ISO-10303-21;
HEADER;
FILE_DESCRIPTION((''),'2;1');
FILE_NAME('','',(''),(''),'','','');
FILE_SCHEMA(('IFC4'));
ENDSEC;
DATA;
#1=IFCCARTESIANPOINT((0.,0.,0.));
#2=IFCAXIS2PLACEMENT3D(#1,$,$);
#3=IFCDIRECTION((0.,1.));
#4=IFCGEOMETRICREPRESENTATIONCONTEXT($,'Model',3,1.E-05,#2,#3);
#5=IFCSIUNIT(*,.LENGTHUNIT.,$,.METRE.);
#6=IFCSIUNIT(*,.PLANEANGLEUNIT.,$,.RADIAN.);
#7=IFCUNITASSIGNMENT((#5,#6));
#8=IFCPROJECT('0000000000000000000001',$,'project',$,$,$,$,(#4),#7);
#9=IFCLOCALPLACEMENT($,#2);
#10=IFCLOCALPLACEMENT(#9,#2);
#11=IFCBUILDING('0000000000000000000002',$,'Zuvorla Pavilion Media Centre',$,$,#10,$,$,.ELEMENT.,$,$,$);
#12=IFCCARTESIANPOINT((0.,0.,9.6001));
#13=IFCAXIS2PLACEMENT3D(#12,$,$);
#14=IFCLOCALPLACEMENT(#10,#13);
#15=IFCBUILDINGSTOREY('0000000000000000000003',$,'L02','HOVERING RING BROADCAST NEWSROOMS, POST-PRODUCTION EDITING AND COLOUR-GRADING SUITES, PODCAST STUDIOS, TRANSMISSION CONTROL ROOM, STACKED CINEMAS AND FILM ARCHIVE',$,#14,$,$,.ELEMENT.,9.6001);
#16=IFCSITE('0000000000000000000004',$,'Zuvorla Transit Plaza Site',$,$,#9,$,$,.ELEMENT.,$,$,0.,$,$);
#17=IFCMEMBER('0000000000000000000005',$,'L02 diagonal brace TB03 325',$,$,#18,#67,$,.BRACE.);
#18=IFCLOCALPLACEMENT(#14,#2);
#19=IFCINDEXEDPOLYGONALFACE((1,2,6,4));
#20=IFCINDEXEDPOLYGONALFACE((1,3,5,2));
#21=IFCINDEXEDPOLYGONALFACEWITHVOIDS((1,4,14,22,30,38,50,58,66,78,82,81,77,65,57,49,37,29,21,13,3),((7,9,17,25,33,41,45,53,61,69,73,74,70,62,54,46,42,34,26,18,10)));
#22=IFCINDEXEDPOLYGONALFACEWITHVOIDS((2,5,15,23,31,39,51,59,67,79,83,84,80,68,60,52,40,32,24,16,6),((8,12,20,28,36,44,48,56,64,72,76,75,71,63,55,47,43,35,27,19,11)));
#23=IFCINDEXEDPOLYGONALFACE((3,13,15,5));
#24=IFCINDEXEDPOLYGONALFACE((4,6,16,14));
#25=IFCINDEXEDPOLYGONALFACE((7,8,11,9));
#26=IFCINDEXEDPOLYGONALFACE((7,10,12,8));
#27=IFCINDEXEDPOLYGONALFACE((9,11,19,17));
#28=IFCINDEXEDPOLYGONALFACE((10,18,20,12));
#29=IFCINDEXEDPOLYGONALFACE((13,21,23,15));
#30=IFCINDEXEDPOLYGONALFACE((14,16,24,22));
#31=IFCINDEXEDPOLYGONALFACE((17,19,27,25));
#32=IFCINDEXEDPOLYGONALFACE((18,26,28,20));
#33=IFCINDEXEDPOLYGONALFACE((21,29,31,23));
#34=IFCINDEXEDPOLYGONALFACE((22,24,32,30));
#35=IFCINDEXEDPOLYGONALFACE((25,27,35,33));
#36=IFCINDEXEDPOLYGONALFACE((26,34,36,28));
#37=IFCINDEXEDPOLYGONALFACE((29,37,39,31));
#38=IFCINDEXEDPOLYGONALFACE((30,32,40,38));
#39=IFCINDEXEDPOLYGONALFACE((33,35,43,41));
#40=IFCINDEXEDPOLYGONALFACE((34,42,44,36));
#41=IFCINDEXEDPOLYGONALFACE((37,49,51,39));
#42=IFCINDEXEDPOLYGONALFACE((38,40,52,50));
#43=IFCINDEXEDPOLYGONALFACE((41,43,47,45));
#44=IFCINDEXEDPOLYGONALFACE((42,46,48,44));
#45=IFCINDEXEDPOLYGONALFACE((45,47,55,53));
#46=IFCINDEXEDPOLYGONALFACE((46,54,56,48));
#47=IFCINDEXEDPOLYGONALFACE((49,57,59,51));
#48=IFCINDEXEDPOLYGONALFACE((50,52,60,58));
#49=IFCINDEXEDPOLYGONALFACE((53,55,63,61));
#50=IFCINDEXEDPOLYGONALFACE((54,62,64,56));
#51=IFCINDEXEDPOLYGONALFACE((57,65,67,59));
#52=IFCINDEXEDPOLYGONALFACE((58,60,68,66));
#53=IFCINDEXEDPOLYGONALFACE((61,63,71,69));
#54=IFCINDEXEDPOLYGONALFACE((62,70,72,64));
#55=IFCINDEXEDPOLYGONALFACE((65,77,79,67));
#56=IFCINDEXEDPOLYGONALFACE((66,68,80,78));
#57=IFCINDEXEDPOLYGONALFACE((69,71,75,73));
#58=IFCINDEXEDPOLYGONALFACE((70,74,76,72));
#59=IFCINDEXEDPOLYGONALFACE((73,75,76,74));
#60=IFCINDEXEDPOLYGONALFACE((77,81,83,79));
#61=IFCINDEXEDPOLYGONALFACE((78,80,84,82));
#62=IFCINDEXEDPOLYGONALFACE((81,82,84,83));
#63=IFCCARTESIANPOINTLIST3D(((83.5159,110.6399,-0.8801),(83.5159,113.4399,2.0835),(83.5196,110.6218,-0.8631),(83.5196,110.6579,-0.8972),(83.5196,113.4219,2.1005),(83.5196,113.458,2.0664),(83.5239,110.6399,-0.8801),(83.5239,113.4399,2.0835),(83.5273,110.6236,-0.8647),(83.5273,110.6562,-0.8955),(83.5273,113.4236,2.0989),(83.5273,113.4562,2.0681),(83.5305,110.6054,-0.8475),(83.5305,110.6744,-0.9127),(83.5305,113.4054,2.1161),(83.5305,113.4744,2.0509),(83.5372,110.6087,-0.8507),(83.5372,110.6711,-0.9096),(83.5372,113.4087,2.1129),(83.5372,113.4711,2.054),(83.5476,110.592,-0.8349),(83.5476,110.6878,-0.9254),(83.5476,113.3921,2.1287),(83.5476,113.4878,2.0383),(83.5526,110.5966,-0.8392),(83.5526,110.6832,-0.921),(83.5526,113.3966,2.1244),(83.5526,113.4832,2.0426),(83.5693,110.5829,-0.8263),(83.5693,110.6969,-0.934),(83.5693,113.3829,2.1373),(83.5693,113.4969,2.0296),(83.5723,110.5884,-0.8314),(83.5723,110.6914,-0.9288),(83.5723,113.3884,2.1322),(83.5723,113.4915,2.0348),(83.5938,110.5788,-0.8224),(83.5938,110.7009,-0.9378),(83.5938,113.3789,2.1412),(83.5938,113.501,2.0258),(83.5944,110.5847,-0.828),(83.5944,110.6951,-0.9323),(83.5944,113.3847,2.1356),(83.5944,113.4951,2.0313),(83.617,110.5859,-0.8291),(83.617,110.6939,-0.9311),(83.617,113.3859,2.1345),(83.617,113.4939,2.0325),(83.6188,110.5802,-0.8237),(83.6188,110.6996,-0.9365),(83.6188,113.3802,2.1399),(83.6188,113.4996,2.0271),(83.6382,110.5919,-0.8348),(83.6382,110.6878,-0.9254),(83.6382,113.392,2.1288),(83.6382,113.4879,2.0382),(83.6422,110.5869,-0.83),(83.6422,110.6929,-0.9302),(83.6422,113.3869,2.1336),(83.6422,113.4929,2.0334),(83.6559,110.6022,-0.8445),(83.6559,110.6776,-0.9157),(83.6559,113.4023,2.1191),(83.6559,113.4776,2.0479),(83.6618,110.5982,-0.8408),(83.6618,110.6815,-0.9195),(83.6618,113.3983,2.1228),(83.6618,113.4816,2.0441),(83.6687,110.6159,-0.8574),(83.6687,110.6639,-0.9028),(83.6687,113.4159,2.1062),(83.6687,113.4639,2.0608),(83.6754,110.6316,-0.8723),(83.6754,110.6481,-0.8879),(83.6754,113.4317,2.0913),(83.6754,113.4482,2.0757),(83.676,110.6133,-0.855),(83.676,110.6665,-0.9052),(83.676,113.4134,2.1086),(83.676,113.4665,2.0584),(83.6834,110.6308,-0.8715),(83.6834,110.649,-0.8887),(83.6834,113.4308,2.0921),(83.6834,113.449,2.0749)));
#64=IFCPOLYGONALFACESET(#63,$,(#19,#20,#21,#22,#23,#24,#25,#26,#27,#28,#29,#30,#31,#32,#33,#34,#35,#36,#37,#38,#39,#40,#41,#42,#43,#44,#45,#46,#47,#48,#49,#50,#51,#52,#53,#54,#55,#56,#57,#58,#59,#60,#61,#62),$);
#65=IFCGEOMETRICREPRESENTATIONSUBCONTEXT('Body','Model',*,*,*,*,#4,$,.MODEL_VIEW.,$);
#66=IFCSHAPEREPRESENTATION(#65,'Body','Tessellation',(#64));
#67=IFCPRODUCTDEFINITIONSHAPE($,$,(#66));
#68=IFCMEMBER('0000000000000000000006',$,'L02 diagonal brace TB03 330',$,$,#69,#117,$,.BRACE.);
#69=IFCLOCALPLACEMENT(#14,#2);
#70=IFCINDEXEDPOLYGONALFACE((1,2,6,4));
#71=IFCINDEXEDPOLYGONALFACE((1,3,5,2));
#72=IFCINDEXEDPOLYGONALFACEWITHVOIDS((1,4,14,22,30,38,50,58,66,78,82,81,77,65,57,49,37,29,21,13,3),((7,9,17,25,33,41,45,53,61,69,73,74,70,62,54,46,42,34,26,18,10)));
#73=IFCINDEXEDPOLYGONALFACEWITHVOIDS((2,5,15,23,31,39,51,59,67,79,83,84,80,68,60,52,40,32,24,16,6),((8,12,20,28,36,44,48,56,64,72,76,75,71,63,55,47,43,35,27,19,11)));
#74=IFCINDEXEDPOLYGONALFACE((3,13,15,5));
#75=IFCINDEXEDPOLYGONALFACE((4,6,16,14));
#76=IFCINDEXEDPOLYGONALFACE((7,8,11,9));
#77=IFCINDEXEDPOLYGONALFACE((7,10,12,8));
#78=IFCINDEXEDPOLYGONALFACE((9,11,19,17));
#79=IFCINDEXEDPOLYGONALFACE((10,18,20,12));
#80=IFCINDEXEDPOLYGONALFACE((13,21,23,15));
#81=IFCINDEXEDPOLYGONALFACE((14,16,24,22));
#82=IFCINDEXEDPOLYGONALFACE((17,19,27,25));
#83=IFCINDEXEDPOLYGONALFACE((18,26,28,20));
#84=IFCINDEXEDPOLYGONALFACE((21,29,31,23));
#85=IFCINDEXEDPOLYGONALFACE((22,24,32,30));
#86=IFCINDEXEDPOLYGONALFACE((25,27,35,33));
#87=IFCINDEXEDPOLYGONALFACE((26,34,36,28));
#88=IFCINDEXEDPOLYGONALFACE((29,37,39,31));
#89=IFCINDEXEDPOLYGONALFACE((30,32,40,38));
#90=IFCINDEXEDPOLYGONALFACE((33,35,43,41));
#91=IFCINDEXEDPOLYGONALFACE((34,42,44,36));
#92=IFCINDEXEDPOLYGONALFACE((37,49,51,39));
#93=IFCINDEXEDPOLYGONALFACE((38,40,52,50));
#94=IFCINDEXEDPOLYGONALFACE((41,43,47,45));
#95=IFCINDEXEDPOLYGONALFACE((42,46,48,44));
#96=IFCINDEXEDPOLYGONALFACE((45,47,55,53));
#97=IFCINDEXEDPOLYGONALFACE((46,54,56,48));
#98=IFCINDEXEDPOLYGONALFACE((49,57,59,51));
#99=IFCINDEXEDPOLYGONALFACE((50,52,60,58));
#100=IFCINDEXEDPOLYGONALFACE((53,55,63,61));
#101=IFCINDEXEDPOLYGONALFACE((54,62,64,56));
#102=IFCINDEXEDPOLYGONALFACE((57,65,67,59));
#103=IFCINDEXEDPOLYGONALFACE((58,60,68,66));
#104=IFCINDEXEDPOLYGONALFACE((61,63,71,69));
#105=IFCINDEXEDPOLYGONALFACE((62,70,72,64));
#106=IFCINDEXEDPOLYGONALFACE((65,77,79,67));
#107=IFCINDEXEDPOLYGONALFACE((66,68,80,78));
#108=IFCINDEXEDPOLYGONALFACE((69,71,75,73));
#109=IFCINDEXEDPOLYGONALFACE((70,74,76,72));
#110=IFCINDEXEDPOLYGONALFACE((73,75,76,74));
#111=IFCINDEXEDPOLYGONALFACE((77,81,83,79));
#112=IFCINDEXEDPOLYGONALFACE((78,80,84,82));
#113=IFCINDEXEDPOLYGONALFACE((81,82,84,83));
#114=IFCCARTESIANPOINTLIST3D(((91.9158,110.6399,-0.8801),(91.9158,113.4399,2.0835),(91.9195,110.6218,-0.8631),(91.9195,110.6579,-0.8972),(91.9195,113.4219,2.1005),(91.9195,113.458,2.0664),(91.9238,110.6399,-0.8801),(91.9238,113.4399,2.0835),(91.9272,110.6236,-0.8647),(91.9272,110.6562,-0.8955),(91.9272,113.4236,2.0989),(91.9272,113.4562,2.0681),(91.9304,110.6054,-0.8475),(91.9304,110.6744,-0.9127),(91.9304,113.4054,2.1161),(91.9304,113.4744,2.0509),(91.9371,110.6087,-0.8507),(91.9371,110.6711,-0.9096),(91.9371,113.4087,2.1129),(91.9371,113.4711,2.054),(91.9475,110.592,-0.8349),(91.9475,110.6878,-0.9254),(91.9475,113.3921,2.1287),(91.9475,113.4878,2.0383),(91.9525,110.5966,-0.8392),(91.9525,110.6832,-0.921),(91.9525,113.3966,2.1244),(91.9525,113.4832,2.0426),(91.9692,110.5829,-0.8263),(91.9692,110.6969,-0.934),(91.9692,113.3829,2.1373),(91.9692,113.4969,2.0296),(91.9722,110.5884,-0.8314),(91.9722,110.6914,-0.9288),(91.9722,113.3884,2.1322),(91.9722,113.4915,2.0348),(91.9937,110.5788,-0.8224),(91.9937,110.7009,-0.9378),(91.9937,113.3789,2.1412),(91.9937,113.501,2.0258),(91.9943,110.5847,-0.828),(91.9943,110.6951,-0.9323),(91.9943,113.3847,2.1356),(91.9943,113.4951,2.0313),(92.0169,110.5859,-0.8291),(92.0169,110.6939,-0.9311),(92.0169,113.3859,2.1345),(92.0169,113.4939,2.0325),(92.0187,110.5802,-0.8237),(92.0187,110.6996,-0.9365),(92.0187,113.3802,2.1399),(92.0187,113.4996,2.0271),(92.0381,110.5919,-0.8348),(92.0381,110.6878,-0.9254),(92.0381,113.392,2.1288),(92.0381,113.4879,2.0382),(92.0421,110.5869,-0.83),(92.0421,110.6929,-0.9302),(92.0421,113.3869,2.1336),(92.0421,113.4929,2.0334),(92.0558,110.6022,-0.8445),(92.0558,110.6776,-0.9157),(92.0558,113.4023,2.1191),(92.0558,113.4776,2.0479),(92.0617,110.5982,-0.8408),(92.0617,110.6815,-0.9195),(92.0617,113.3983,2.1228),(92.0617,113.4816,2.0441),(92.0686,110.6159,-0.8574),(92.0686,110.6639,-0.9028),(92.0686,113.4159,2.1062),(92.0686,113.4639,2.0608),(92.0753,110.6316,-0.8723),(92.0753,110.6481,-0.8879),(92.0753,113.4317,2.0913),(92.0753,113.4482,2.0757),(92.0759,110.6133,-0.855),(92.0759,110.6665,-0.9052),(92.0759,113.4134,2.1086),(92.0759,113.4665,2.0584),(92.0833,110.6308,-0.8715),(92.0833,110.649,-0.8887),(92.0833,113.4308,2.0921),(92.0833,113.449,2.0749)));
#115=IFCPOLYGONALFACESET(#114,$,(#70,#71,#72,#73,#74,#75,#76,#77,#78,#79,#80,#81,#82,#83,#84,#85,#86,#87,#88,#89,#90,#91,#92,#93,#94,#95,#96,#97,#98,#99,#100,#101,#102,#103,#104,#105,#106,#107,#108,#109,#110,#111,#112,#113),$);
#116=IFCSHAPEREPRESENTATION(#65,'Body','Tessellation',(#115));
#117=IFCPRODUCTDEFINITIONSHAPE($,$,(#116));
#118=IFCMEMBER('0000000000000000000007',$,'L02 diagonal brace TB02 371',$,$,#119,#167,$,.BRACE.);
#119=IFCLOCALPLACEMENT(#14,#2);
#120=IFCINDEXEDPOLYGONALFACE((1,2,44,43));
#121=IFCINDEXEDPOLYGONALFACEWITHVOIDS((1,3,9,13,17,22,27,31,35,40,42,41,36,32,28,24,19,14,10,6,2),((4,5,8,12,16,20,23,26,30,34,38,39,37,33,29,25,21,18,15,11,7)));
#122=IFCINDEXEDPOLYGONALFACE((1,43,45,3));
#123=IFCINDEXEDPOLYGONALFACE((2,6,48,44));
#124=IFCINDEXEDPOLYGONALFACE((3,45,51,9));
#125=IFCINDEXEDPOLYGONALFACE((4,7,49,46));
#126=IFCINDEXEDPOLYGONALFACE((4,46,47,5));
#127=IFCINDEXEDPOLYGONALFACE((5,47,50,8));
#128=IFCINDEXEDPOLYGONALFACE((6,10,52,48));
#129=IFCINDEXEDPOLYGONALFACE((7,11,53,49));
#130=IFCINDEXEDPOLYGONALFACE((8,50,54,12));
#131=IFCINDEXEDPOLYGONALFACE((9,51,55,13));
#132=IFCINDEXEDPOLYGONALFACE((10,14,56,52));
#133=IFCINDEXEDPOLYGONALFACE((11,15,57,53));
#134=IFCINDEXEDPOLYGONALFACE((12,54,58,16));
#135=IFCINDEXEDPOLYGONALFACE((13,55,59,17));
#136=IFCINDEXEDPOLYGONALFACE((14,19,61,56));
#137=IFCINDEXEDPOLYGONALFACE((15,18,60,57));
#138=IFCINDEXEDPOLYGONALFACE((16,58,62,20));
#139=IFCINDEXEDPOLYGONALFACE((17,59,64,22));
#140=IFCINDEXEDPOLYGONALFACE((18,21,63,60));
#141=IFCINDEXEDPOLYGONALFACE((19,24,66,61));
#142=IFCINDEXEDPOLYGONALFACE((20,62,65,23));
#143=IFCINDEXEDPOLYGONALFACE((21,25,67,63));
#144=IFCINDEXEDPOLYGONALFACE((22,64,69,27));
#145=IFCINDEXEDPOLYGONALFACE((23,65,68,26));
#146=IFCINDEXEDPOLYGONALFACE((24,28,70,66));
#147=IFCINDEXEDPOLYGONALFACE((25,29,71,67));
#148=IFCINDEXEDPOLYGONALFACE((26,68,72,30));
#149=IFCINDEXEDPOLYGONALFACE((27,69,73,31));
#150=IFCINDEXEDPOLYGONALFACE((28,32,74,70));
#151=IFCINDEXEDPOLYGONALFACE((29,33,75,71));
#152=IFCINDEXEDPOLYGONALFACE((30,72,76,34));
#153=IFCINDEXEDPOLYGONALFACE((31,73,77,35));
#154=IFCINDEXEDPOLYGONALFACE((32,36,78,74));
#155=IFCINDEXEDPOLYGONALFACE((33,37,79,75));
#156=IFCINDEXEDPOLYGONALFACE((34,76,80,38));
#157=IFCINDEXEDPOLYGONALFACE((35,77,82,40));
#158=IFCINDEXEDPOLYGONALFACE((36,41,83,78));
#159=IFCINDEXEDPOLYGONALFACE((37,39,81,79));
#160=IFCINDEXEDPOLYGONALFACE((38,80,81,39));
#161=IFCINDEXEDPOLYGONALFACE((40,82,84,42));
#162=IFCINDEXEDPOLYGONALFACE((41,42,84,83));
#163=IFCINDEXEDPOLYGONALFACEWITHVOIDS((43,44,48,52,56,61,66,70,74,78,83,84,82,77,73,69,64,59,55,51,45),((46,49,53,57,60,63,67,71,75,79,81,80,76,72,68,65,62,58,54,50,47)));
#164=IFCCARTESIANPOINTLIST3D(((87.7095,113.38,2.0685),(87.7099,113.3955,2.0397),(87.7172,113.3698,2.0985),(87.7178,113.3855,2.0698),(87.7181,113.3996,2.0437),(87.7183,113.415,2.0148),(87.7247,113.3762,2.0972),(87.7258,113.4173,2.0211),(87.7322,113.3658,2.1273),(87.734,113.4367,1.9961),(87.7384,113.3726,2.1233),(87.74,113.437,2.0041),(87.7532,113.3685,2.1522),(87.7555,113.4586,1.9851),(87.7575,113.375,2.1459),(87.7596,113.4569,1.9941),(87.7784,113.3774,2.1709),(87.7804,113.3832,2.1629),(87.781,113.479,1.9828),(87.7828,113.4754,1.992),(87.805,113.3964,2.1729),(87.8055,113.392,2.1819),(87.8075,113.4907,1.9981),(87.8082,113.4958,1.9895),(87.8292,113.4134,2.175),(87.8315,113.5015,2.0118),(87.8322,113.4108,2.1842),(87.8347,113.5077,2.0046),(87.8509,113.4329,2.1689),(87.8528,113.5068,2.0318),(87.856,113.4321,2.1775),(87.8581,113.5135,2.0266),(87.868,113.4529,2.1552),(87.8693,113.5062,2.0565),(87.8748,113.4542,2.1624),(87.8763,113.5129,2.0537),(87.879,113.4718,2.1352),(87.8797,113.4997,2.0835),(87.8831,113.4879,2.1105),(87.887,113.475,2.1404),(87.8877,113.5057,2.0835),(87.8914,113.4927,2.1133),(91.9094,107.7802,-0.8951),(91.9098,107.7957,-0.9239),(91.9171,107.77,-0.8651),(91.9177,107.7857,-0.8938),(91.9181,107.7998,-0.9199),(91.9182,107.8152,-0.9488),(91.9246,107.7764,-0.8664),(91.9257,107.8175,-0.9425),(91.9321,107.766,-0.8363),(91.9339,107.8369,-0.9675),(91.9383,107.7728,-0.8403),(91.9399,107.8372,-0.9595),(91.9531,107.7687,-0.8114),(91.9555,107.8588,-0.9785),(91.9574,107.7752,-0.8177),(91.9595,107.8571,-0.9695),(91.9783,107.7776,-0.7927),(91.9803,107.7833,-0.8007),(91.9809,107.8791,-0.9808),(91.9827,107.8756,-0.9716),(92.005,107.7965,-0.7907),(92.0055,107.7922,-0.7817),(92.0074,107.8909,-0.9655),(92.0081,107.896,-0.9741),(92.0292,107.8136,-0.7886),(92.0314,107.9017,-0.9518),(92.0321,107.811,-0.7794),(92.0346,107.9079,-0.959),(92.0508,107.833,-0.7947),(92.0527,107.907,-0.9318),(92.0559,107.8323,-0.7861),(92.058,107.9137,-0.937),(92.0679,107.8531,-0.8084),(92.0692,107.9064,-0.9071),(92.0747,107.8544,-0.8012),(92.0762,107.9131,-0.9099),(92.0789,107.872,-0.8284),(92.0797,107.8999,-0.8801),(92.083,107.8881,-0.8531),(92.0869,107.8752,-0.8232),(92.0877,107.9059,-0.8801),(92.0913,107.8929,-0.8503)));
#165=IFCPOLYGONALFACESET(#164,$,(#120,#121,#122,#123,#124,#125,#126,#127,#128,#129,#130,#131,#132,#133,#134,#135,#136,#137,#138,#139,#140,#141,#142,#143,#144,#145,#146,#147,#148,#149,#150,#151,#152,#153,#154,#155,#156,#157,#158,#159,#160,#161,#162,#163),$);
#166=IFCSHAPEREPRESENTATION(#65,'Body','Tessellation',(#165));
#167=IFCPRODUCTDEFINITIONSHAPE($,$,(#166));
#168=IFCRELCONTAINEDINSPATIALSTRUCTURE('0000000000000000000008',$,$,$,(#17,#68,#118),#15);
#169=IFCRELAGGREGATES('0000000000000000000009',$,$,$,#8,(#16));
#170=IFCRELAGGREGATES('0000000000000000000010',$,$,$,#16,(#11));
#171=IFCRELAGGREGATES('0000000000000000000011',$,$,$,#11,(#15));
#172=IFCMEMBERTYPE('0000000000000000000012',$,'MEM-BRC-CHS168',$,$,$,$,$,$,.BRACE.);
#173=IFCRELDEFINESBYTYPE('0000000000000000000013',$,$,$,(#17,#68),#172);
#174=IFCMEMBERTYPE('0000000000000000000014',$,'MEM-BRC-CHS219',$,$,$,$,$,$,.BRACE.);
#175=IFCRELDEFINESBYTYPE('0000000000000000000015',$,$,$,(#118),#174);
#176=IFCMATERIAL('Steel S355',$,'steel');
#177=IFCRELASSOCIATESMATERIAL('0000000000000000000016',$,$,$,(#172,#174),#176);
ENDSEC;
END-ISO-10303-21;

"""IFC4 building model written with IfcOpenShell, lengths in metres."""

from ifc_helpers import new_model, si_unit, direction, frame, origin, origin_2d, place, context, subcontext, project, spatial, hollow_circle, extrude, material, material_profile, profile_set, type_object, element, save


model = new_model("IFC4")

# Units and contexts
model_context = context("Model", 3, precision=1e-05, world=origin(), true_north=direction((0.0, 1.0)))
body_context = subcontext(model_context, "Body", "Model", "MODEL_VIEW")
ifc_project = project(units=[si_unit("LENGTHUNIT", "METRE"), si_unit("PLANEANGLEUNIT", "RADIAN")], contexts=[model_context])

# Site, building, storey
site_placement = place(None, origin())
site = spatial("IfcSite", under=ifc_project, at=site_placement, Name="Zuvorla Transit Plaza Site", CompositionType="ELEMENT", RefElevation=0.0)
building_placement = place(site_placement, origin())
building = spatial("IfcBuilding", under=site, at=building_placement, Name="Zuvorla Pavilion Media Centre", CompositionType="ELEMENT")
storey_placement = place(building_placement, frame((0.0, 0.0, 9.6001)))
storey = spatial("IfcBuildingStorey", under=building, at=storey_placement, Name="L02", Description="HOVERING RING BROADCAST NEWSROOMS, POST-PRODUCTION EDITING AND COLOUR-GRADING SUITES, PODCAST STUDIOS, TRANSMISSION CONTROL ROOM, STACKED CINEMAS AND FILM ARCHIVE", CompositionType="ELEMENT", Elevation=9.6001)

# Members
ifc_material_1 = material(Name="Steel S355", Category="steel")
ifc_material_profile_1 = material_profile(ifc_material_1, hollow_circle(Radius=0.0842, WallThickness=0.0081, at=origin_2d()), Name="CHS 168.3x8")
ifc_profile_set_1 = profile_set([ifc_material_profile_1], Name="Steel S355")
member_type_1 = type_object("IfcMemberType", Name="MEM-BRC-CHS168", PredefinedType="BRACE", material=ifc_profile_set_1)
for number, where, z_axis, x_axis, name in (
    (1, (83.6001, 110.6399, -0.8801), (0.0, 0.686762, 0.726882), (-1.0, 0.0, 0.0), "L02 diagonal brace TB03 325"),
    (2, (92.0, 110.6399, -0.8801), (0.0, 0.686762, 0.726882), (-1.0, 0.0, 0.0), "L02 diagonal brace TB03 330"),
):
    element("IfcMember", number, at=place(storey_placement, frame(where, z_axis=z_axis, x_axis=x_axis)), inside=storey, type_object=member_type_1, Name=name, PredefinedType="BRACE", context=body_context, shape_type="SweptSolid", body=[
        extrude(hollow_circle(Radius=0.0842, WallThickness=0.0081, at=origin_2d()), origin(), (0.0, 0.0, 1.0), 4.0771),
    ])
ifc_material_profile_2 = material_profile(ifc_material_1, hollow_circle(Radius=0.1096, WallThickness=0.01, at=origin_2d()), Name="CHS 219.1x10")
ifc_profile_set_2 = profile_set([ifc_material_profile_2], Name="Steel S355")
member_type_2 = type_object("IfcMemberType", Name="MEM-BRC-CHS219", PredefinedType="BRACE", material=ifc_profile_set_2)
for number, where, z_axis, x_axis, name in (
    (3, (87.8, 113.4399, 2.0835), (0.552525, -0.736689, -0.389879), (0.799996, 0.600006, 0.0), "L02 diagonal brace TB02 371"),
):
    element("IfcMember", number, at=place(storey_placement, frame(where, z_axis=z_axis, x_axis=x_axis)), inside=storey, type_object=member_type_2, Name=name, PredefinedType="BRACE", context=body_context, shape_type="SweptSolid", body=[
        extrude(hollow_circle(Radius=0.1096, WallThickness=0.01, at=origin_2d()), origin(), (0.0, 0.0, 1.0), 7.6013),
    ])

save(model, "model.ifc")
